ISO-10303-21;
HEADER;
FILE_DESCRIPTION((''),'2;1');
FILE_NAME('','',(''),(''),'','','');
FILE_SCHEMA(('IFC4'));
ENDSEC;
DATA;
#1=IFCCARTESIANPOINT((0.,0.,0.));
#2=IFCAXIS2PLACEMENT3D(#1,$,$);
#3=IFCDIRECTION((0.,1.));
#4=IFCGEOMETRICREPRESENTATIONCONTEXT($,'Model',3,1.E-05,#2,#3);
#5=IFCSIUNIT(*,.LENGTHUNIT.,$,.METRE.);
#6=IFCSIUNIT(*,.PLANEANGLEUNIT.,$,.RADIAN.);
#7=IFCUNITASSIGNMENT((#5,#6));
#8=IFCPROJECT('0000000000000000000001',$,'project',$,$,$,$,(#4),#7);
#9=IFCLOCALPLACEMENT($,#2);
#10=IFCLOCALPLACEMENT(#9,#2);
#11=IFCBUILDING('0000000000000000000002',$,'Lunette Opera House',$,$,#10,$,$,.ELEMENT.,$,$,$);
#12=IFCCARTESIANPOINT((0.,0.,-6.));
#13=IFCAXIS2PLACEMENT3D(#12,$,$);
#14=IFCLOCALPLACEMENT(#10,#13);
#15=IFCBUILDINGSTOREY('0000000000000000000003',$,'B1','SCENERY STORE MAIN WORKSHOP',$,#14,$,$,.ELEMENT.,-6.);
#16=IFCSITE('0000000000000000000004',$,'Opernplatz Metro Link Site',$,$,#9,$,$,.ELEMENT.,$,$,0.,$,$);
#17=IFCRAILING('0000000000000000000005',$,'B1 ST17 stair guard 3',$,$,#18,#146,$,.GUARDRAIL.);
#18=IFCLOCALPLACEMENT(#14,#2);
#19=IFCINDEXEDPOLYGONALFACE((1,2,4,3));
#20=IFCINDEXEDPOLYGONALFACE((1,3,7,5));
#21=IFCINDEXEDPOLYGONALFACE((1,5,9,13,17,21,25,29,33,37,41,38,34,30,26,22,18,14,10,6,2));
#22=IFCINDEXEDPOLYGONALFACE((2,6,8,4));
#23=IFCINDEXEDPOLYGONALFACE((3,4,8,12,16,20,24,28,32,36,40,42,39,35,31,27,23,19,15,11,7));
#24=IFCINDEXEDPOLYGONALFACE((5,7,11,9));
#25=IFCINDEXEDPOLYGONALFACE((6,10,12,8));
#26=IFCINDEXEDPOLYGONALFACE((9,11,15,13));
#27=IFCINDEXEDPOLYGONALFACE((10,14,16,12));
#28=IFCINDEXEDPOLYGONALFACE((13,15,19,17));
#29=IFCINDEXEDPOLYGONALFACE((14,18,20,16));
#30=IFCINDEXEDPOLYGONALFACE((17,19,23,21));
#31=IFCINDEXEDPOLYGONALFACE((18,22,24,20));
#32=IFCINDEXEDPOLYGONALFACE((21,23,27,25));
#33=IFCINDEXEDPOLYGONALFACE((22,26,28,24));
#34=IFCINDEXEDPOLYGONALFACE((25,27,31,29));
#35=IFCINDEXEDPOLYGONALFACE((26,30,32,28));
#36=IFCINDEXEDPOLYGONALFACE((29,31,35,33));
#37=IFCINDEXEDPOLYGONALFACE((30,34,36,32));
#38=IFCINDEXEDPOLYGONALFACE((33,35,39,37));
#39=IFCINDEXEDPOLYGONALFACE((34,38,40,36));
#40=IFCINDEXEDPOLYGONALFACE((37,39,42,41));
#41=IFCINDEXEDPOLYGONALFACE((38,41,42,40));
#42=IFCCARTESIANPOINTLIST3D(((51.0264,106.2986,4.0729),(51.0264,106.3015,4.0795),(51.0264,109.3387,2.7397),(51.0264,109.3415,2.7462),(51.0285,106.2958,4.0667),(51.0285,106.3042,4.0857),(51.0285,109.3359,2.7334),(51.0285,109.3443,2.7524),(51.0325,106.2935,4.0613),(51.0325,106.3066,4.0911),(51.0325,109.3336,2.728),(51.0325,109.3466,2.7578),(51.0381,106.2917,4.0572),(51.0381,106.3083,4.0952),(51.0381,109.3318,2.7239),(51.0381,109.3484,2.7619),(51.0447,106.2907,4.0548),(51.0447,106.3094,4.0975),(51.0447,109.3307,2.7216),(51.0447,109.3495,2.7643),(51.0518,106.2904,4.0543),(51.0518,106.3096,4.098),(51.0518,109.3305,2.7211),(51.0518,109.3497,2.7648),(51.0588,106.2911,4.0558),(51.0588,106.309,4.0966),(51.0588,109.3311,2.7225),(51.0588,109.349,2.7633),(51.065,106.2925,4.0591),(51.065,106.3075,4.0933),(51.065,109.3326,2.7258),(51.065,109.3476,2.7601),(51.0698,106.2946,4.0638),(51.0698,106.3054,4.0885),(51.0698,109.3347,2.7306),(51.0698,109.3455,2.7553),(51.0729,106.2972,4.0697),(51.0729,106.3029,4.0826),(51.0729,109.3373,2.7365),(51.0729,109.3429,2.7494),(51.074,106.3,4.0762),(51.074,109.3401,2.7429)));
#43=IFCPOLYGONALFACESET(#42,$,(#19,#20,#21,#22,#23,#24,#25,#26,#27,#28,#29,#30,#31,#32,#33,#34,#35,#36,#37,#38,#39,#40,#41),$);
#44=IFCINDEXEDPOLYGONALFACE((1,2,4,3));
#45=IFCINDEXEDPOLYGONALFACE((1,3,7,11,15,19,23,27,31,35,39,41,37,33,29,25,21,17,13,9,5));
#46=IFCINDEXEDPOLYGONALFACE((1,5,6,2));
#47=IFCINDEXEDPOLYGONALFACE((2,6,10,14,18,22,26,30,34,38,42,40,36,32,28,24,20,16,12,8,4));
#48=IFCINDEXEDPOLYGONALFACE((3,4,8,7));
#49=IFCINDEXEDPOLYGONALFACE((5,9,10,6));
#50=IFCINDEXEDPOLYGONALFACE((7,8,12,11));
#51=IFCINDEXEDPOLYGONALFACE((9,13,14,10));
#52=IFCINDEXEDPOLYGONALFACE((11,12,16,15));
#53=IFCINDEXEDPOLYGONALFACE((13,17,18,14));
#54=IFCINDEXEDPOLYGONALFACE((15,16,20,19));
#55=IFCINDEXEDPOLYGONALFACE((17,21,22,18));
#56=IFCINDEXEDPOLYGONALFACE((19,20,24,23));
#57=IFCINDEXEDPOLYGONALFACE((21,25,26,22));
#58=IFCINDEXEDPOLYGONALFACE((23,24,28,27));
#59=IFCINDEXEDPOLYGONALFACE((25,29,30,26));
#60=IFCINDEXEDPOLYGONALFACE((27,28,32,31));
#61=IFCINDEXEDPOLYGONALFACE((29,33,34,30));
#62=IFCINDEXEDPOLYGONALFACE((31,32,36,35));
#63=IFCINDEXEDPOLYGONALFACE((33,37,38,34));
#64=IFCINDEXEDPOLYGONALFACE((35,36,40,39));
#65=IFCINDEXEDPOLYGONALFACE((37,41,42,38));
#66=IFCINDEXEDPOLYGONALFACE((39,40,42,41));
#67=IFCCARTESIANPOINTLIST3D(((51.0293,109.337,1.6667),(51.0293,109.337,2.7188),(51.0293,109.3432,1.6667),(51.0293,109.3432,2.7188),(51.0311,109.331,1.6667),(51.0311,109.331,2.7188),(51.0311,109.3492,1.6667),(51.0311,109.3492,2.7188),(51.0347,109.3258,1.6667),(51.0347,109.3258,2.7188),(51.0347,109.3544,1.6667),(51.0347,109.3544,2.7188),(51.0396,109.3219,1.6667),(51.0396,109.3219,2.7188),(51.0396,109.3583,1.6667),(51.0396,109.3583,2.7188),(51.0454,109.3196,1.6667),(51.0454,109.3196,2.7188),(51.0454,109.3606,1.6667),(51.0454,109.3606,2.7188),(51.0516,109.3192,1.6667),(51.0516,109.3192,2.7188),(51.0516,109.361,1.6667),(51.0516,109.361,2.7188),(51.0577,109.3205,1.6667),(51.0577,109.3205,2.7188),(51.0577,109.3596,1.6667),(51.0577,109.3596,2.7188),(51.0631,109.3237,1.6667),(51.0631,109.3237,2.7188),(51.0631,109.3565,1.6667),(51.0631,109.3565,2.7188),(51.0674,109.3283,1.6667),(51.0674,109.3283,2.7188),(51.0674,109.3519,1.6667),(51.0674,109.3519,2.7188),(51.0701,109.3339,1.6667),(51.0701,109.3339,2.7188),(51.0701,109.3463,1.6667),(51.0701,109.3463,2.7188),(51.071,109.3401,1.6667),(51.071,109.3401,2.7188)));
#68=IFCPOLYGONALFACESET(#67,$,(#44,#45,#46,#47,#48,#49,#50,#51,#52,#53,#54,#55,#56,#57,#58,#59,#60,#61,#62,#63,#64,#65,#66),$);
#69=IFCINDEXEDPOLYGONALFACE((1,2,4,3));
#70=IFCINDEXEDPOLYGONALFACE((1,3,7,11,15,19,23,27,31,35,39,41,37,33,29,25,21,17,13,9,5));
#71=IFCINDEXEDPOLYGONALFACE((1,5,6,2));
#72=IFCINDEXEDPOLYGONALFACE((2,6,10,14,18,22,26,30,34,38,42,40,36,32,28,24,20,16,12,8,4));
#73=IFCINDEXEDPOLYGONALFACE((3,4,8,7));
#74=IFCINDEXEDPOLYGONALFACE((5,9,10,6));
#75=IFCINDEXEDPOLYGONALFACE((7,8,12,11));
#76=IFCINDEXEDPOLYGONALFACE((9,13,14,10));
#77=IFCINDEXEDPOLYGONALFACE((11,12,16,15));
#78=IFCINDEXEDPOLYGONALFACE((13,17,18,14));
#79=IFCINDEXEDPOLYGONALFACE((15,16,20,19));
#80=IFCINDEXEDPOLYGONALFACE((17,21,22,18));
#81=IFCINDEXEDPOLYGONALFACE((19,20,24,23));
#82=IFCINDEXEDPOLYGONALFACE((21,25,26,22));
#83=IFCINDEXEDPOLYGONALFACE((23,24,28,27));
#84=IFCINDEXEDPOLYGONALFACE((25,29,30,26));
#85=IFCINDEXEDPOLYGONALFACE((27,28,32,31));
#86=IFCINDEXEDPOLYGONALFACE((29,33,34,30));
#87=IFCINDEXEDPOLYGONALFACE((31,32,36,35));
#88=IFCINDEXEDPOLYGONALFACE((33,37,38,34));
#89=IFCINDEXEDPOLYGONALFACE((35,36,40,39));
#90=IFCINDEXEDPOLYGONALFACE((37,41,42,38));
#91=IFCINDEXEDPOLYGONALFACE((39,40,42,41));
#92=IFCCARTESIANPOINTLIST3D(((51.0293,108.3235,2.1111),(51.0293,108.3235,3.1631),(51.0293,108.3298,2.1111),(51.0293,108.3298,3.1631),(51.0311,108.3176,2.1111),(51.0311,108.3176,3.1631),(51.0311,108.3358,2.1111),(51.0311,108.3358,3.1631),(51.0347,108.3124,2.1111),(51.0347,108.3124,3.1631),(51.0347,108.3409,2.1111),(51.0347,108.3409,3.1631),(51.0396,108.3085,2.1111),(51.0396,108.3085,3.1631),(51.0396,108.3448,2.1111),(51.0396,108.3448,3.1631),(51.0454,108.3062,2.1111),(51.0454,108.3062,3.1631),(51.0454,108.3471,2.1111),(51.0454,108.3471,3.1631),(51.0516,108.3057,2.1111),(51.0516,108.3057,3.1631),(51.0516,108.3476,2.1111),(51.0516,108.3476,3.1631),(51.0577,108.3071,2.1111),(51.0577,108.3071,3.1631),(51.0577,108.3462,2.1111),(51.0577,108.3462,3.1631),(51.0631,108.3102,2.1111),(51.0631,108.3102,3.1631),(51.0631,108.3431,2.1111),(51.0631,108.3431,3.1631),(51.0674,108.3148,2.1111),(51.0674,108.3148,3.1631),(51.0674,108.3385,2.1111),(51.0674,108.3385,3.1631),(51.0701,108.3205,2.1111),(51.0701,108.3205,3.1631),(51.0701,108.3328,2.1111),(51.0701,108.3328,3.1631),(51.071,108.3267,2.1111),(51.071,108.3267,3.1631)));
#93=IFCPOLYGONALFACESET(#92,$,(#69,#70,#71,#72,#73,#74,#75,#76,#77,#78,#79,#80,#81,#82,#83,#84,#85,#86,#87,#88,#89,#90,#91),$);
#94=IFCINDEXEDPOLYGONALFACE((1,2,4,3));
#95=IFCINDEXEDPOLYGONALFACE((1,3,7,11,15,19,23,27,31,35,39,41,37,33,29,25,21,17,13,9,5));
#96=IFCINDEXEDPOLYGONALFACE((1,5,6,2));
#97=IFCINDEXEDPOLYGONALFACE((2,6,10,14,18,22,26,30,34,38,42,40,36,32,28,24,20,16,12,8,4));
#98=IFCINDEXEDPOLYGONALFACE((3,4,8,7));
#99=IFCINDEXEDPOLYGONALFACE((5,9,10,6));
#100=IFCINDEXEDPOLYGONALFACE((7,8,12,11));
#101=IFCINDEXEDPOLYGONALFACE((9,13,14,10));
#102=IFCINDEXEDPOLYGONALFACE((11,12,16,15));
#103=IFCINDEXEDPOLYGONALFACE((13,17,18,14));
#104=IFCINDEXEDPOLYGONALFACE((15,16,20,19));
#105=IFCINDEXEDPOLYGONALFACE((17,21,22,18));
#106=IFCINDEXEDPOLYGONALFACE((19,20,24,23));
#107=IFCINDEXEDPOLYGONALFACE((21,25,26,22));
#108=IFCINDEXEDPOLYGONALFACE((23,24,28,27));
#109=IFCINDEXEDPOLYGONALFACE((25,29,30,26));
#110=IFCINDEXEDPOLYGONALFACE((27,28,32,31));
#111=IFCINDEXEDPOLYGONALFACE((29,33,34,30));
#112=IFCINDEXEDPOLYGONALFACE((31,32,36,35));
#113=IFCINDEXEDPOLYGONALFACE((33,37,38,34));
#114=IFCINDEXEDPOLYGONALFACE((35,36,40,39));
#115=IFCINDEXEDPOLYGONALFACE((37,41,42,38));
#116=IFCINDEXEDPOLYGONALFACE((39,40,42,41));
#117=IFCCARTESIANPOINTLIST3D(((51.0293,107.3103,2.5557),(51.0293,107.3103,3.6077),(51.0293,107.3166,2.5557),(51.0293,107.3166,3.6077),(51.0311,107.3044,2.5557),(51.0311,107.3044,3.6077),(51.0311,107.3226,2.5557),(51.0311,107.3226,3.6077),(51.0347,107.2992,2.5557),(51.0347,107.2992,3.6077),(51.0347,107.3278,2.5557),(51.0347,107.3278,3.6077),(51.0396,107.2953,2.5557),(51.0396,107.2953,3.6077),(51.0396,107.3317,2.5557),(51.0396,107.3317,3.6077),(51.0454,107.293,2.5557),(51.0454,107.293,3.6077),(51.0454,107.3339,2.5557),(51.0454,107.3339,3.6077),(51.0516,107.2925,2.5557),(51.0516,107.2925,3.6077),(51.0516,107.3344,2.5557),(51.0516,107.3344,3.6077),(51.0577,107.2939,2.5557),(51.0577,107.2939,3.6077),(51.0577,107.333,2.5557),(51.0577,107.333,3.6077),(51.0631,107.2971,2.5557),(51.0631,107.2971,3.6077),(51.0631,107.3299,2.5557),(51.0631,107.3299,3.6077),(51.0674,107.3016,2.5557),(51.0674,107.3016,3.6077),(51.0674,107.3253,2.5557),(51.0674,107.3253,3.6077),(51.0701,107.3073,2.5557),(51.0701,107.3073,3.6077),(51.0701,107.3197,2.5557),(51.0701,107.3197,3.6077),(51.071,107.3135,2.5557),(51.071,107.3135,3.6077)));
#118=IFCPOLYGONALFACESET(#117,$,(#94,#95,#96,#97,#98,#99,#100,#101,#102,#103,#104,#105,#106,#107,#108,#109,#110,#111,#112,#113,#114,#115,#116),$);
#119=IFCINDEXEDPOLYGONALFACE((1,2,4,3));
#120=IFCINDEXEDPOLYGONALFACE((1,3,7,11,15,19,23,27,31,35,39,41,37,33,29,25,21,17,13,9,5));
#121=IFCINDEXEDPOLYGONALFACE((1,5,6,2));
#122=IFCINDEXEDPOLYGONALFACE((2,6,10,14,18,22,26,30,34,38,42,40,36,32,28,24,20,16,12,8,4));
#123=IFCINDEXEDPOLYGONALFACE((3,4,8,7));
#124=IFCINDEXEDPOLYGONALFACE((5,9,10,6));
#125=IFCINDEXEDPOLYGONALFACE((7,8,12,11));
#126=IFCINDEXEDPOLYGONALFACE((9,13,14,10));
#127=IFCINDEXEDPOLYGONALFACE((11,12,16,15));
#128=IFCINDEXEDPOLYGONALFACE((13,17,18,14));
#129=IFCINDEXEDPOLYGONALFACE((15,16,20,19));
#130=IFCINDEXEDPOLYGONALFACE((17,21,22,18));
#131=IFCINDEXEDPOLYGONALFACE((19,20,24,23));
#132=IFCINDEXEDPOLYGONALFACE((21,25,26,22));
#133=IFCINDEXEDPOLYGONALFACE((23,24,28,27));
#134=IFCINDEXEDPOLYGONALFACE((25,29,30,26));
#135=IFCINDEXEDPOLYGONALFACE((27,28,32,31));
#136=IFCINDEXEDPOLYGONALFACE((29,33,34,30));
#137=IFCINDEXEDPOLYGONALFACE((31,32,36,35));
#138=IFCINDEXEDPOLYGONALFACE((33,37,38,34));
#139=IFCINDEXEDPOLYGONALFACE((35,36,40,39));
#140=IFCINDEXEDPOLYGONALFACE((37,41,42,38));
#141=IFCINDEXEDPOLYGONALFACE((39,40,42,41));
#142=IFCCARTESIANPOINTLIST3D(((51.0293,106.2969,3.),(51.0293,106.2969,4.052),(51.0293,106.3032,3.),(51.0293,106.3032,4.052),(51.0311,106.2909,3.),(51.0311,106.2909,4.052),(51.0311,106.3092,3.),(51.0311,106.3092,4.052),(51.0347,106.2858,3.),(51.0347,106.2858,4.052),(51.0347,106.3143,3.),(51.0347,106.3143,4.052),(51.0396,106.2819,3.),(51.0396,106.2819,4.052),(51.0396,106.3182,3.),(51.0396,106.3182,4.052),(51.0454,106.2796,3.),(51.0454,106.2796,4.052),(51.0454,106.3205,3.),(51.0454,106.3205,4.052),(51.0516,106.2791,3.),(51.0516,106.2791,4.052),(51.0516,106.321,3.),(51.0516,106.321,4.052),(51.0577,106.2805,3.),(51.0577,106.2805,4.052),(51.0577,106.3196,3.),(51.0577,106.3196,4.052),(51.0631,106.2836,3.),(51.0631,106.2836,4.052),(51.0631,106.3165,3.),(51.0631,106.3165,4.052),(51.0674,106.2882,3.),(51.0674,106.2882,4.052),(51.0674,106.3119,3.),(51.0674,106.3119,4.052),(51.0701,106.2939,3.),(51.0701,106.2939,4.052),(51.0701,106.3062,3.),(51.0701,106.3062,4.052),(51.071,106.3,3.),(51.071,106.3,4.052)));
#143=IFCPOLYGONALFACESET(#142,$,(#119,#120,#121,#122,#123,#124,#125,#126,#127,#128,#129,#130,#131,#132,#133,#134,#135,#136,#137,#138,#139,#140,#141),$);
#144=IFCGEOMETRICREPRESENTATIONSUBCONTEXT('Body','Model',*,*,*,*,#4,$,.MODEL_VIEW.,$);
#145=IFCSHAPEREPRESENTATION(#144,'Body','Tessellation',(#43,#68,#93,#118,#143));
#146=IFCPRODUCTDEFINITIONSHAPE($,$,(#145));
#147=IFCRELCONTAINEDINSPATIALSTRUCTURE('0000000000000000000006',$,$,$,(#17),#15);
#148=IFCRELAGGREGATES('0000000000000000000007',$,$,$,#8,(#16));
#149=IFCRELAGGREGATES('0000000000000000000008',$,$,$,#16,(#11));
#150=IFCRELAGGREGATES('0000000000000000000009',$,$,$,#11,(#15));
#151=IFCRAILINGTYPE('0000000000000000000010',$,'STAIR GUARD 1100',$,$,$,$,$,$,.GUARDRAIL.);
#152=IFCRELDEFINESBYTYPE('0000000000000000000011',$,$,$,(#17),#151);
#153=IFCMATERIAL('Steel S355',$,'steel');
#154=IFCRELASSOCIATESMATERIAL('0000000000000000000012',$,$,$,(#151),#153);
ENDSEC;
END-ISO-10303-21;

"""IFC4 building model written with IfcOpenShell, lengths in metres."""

from ifc_helpers import new_model, si_unit, direction, frame, origin, origin_2d, place, context, subcontext, project, spatial, circle, extrude, material, type_object, element, save


model = new_model("IFC4")

# Units and contexts
model_context = context("Model", 3, precision=1e-05, world=origin(), true_north=direction((0.0, 1.0)))
body_context = subcontext(model_context, "Body", "Model", "MODEL_VIEW")
ifc_project = project(units=[si_unit("LENGTHUNIT", "METRE"), si_unit("PLANEANGLEUNIT", "RADIAN")], contexts=[model_context])

# Site, building, storey
site_placement = place(None, origin())
site = spatial("IfcSite", under=ifc_project, at=site_placement, Name="Opernplatz Metro Link Site", CompositionType="ELEMENT", RefElevation=0.0)
building_placement = place(site_placement, origin())
building = spatial("IfcBuilding", under=site, at=building_placement, Name="Lunette Opera House", CompositionType="ELEMENT")
storey_placement = place(building_placement, frame((0.0, 0.0, -6.0)))
storey = spatial("IfcBuildingStorey", under=building, at=storey_placement, Name="B1", Description="SCENERY STORE MAIN WORKSHOP", CompositionType="ELEMENT", Elevation=-6.0)

# Railing
ifc_material_1 = material(Name="Steel S355", Category="steel")
railing_type_1 = type_object("IfcRailingType", Name="STAIR GUARD 1100", PredefinedType="GUARDRAIL", material=ifc_material_1)
railing_1_placement = place(storey_placement, frame((51.05, 109.3401, 1.6667)))
element("IfcRailing", 1, at=railing_1_placement, inside=storey, type_object=railing_type_1, Name="B1 ST17 stair guard 3", PredefinedType="GUARDRAIL", context=body_context, shape_type="SweptSolid", body=[
    extrude(circle(Radius=0.0239, at=origin_2d()), frame((0.0, 0.0, 1.0762), z_axis=(0.0, -0.915799, 0.401637), x_axis=(1.0, 0.0, 0.0)), (0.0, 0.0, 1.0), 3.3196),
    extrude(circle(Radius=0.021, at=origin_2d()), origin(), (0.0, 0.0, 1.0), 1.052),
    extrude(circle(Radius=0.021, at=origin_2d()), frame((0.0, -1.0134, 0.4443)), (0.0, 0.0, 1.0), 1.052),
    extrude(circle(Radius=0.021, at=origin_2d()), frame((0.0, -2.0266, 0.8889)), (0.0, 0.0, 1.0), 1.052),
    extrude(circle(Radius=0.021, at=origin_2d()), frame((0.0, -3.04, 1.3333)), (0.0, 0.0, 1.0), 1.052),
])

save(model, "model.ifc")
